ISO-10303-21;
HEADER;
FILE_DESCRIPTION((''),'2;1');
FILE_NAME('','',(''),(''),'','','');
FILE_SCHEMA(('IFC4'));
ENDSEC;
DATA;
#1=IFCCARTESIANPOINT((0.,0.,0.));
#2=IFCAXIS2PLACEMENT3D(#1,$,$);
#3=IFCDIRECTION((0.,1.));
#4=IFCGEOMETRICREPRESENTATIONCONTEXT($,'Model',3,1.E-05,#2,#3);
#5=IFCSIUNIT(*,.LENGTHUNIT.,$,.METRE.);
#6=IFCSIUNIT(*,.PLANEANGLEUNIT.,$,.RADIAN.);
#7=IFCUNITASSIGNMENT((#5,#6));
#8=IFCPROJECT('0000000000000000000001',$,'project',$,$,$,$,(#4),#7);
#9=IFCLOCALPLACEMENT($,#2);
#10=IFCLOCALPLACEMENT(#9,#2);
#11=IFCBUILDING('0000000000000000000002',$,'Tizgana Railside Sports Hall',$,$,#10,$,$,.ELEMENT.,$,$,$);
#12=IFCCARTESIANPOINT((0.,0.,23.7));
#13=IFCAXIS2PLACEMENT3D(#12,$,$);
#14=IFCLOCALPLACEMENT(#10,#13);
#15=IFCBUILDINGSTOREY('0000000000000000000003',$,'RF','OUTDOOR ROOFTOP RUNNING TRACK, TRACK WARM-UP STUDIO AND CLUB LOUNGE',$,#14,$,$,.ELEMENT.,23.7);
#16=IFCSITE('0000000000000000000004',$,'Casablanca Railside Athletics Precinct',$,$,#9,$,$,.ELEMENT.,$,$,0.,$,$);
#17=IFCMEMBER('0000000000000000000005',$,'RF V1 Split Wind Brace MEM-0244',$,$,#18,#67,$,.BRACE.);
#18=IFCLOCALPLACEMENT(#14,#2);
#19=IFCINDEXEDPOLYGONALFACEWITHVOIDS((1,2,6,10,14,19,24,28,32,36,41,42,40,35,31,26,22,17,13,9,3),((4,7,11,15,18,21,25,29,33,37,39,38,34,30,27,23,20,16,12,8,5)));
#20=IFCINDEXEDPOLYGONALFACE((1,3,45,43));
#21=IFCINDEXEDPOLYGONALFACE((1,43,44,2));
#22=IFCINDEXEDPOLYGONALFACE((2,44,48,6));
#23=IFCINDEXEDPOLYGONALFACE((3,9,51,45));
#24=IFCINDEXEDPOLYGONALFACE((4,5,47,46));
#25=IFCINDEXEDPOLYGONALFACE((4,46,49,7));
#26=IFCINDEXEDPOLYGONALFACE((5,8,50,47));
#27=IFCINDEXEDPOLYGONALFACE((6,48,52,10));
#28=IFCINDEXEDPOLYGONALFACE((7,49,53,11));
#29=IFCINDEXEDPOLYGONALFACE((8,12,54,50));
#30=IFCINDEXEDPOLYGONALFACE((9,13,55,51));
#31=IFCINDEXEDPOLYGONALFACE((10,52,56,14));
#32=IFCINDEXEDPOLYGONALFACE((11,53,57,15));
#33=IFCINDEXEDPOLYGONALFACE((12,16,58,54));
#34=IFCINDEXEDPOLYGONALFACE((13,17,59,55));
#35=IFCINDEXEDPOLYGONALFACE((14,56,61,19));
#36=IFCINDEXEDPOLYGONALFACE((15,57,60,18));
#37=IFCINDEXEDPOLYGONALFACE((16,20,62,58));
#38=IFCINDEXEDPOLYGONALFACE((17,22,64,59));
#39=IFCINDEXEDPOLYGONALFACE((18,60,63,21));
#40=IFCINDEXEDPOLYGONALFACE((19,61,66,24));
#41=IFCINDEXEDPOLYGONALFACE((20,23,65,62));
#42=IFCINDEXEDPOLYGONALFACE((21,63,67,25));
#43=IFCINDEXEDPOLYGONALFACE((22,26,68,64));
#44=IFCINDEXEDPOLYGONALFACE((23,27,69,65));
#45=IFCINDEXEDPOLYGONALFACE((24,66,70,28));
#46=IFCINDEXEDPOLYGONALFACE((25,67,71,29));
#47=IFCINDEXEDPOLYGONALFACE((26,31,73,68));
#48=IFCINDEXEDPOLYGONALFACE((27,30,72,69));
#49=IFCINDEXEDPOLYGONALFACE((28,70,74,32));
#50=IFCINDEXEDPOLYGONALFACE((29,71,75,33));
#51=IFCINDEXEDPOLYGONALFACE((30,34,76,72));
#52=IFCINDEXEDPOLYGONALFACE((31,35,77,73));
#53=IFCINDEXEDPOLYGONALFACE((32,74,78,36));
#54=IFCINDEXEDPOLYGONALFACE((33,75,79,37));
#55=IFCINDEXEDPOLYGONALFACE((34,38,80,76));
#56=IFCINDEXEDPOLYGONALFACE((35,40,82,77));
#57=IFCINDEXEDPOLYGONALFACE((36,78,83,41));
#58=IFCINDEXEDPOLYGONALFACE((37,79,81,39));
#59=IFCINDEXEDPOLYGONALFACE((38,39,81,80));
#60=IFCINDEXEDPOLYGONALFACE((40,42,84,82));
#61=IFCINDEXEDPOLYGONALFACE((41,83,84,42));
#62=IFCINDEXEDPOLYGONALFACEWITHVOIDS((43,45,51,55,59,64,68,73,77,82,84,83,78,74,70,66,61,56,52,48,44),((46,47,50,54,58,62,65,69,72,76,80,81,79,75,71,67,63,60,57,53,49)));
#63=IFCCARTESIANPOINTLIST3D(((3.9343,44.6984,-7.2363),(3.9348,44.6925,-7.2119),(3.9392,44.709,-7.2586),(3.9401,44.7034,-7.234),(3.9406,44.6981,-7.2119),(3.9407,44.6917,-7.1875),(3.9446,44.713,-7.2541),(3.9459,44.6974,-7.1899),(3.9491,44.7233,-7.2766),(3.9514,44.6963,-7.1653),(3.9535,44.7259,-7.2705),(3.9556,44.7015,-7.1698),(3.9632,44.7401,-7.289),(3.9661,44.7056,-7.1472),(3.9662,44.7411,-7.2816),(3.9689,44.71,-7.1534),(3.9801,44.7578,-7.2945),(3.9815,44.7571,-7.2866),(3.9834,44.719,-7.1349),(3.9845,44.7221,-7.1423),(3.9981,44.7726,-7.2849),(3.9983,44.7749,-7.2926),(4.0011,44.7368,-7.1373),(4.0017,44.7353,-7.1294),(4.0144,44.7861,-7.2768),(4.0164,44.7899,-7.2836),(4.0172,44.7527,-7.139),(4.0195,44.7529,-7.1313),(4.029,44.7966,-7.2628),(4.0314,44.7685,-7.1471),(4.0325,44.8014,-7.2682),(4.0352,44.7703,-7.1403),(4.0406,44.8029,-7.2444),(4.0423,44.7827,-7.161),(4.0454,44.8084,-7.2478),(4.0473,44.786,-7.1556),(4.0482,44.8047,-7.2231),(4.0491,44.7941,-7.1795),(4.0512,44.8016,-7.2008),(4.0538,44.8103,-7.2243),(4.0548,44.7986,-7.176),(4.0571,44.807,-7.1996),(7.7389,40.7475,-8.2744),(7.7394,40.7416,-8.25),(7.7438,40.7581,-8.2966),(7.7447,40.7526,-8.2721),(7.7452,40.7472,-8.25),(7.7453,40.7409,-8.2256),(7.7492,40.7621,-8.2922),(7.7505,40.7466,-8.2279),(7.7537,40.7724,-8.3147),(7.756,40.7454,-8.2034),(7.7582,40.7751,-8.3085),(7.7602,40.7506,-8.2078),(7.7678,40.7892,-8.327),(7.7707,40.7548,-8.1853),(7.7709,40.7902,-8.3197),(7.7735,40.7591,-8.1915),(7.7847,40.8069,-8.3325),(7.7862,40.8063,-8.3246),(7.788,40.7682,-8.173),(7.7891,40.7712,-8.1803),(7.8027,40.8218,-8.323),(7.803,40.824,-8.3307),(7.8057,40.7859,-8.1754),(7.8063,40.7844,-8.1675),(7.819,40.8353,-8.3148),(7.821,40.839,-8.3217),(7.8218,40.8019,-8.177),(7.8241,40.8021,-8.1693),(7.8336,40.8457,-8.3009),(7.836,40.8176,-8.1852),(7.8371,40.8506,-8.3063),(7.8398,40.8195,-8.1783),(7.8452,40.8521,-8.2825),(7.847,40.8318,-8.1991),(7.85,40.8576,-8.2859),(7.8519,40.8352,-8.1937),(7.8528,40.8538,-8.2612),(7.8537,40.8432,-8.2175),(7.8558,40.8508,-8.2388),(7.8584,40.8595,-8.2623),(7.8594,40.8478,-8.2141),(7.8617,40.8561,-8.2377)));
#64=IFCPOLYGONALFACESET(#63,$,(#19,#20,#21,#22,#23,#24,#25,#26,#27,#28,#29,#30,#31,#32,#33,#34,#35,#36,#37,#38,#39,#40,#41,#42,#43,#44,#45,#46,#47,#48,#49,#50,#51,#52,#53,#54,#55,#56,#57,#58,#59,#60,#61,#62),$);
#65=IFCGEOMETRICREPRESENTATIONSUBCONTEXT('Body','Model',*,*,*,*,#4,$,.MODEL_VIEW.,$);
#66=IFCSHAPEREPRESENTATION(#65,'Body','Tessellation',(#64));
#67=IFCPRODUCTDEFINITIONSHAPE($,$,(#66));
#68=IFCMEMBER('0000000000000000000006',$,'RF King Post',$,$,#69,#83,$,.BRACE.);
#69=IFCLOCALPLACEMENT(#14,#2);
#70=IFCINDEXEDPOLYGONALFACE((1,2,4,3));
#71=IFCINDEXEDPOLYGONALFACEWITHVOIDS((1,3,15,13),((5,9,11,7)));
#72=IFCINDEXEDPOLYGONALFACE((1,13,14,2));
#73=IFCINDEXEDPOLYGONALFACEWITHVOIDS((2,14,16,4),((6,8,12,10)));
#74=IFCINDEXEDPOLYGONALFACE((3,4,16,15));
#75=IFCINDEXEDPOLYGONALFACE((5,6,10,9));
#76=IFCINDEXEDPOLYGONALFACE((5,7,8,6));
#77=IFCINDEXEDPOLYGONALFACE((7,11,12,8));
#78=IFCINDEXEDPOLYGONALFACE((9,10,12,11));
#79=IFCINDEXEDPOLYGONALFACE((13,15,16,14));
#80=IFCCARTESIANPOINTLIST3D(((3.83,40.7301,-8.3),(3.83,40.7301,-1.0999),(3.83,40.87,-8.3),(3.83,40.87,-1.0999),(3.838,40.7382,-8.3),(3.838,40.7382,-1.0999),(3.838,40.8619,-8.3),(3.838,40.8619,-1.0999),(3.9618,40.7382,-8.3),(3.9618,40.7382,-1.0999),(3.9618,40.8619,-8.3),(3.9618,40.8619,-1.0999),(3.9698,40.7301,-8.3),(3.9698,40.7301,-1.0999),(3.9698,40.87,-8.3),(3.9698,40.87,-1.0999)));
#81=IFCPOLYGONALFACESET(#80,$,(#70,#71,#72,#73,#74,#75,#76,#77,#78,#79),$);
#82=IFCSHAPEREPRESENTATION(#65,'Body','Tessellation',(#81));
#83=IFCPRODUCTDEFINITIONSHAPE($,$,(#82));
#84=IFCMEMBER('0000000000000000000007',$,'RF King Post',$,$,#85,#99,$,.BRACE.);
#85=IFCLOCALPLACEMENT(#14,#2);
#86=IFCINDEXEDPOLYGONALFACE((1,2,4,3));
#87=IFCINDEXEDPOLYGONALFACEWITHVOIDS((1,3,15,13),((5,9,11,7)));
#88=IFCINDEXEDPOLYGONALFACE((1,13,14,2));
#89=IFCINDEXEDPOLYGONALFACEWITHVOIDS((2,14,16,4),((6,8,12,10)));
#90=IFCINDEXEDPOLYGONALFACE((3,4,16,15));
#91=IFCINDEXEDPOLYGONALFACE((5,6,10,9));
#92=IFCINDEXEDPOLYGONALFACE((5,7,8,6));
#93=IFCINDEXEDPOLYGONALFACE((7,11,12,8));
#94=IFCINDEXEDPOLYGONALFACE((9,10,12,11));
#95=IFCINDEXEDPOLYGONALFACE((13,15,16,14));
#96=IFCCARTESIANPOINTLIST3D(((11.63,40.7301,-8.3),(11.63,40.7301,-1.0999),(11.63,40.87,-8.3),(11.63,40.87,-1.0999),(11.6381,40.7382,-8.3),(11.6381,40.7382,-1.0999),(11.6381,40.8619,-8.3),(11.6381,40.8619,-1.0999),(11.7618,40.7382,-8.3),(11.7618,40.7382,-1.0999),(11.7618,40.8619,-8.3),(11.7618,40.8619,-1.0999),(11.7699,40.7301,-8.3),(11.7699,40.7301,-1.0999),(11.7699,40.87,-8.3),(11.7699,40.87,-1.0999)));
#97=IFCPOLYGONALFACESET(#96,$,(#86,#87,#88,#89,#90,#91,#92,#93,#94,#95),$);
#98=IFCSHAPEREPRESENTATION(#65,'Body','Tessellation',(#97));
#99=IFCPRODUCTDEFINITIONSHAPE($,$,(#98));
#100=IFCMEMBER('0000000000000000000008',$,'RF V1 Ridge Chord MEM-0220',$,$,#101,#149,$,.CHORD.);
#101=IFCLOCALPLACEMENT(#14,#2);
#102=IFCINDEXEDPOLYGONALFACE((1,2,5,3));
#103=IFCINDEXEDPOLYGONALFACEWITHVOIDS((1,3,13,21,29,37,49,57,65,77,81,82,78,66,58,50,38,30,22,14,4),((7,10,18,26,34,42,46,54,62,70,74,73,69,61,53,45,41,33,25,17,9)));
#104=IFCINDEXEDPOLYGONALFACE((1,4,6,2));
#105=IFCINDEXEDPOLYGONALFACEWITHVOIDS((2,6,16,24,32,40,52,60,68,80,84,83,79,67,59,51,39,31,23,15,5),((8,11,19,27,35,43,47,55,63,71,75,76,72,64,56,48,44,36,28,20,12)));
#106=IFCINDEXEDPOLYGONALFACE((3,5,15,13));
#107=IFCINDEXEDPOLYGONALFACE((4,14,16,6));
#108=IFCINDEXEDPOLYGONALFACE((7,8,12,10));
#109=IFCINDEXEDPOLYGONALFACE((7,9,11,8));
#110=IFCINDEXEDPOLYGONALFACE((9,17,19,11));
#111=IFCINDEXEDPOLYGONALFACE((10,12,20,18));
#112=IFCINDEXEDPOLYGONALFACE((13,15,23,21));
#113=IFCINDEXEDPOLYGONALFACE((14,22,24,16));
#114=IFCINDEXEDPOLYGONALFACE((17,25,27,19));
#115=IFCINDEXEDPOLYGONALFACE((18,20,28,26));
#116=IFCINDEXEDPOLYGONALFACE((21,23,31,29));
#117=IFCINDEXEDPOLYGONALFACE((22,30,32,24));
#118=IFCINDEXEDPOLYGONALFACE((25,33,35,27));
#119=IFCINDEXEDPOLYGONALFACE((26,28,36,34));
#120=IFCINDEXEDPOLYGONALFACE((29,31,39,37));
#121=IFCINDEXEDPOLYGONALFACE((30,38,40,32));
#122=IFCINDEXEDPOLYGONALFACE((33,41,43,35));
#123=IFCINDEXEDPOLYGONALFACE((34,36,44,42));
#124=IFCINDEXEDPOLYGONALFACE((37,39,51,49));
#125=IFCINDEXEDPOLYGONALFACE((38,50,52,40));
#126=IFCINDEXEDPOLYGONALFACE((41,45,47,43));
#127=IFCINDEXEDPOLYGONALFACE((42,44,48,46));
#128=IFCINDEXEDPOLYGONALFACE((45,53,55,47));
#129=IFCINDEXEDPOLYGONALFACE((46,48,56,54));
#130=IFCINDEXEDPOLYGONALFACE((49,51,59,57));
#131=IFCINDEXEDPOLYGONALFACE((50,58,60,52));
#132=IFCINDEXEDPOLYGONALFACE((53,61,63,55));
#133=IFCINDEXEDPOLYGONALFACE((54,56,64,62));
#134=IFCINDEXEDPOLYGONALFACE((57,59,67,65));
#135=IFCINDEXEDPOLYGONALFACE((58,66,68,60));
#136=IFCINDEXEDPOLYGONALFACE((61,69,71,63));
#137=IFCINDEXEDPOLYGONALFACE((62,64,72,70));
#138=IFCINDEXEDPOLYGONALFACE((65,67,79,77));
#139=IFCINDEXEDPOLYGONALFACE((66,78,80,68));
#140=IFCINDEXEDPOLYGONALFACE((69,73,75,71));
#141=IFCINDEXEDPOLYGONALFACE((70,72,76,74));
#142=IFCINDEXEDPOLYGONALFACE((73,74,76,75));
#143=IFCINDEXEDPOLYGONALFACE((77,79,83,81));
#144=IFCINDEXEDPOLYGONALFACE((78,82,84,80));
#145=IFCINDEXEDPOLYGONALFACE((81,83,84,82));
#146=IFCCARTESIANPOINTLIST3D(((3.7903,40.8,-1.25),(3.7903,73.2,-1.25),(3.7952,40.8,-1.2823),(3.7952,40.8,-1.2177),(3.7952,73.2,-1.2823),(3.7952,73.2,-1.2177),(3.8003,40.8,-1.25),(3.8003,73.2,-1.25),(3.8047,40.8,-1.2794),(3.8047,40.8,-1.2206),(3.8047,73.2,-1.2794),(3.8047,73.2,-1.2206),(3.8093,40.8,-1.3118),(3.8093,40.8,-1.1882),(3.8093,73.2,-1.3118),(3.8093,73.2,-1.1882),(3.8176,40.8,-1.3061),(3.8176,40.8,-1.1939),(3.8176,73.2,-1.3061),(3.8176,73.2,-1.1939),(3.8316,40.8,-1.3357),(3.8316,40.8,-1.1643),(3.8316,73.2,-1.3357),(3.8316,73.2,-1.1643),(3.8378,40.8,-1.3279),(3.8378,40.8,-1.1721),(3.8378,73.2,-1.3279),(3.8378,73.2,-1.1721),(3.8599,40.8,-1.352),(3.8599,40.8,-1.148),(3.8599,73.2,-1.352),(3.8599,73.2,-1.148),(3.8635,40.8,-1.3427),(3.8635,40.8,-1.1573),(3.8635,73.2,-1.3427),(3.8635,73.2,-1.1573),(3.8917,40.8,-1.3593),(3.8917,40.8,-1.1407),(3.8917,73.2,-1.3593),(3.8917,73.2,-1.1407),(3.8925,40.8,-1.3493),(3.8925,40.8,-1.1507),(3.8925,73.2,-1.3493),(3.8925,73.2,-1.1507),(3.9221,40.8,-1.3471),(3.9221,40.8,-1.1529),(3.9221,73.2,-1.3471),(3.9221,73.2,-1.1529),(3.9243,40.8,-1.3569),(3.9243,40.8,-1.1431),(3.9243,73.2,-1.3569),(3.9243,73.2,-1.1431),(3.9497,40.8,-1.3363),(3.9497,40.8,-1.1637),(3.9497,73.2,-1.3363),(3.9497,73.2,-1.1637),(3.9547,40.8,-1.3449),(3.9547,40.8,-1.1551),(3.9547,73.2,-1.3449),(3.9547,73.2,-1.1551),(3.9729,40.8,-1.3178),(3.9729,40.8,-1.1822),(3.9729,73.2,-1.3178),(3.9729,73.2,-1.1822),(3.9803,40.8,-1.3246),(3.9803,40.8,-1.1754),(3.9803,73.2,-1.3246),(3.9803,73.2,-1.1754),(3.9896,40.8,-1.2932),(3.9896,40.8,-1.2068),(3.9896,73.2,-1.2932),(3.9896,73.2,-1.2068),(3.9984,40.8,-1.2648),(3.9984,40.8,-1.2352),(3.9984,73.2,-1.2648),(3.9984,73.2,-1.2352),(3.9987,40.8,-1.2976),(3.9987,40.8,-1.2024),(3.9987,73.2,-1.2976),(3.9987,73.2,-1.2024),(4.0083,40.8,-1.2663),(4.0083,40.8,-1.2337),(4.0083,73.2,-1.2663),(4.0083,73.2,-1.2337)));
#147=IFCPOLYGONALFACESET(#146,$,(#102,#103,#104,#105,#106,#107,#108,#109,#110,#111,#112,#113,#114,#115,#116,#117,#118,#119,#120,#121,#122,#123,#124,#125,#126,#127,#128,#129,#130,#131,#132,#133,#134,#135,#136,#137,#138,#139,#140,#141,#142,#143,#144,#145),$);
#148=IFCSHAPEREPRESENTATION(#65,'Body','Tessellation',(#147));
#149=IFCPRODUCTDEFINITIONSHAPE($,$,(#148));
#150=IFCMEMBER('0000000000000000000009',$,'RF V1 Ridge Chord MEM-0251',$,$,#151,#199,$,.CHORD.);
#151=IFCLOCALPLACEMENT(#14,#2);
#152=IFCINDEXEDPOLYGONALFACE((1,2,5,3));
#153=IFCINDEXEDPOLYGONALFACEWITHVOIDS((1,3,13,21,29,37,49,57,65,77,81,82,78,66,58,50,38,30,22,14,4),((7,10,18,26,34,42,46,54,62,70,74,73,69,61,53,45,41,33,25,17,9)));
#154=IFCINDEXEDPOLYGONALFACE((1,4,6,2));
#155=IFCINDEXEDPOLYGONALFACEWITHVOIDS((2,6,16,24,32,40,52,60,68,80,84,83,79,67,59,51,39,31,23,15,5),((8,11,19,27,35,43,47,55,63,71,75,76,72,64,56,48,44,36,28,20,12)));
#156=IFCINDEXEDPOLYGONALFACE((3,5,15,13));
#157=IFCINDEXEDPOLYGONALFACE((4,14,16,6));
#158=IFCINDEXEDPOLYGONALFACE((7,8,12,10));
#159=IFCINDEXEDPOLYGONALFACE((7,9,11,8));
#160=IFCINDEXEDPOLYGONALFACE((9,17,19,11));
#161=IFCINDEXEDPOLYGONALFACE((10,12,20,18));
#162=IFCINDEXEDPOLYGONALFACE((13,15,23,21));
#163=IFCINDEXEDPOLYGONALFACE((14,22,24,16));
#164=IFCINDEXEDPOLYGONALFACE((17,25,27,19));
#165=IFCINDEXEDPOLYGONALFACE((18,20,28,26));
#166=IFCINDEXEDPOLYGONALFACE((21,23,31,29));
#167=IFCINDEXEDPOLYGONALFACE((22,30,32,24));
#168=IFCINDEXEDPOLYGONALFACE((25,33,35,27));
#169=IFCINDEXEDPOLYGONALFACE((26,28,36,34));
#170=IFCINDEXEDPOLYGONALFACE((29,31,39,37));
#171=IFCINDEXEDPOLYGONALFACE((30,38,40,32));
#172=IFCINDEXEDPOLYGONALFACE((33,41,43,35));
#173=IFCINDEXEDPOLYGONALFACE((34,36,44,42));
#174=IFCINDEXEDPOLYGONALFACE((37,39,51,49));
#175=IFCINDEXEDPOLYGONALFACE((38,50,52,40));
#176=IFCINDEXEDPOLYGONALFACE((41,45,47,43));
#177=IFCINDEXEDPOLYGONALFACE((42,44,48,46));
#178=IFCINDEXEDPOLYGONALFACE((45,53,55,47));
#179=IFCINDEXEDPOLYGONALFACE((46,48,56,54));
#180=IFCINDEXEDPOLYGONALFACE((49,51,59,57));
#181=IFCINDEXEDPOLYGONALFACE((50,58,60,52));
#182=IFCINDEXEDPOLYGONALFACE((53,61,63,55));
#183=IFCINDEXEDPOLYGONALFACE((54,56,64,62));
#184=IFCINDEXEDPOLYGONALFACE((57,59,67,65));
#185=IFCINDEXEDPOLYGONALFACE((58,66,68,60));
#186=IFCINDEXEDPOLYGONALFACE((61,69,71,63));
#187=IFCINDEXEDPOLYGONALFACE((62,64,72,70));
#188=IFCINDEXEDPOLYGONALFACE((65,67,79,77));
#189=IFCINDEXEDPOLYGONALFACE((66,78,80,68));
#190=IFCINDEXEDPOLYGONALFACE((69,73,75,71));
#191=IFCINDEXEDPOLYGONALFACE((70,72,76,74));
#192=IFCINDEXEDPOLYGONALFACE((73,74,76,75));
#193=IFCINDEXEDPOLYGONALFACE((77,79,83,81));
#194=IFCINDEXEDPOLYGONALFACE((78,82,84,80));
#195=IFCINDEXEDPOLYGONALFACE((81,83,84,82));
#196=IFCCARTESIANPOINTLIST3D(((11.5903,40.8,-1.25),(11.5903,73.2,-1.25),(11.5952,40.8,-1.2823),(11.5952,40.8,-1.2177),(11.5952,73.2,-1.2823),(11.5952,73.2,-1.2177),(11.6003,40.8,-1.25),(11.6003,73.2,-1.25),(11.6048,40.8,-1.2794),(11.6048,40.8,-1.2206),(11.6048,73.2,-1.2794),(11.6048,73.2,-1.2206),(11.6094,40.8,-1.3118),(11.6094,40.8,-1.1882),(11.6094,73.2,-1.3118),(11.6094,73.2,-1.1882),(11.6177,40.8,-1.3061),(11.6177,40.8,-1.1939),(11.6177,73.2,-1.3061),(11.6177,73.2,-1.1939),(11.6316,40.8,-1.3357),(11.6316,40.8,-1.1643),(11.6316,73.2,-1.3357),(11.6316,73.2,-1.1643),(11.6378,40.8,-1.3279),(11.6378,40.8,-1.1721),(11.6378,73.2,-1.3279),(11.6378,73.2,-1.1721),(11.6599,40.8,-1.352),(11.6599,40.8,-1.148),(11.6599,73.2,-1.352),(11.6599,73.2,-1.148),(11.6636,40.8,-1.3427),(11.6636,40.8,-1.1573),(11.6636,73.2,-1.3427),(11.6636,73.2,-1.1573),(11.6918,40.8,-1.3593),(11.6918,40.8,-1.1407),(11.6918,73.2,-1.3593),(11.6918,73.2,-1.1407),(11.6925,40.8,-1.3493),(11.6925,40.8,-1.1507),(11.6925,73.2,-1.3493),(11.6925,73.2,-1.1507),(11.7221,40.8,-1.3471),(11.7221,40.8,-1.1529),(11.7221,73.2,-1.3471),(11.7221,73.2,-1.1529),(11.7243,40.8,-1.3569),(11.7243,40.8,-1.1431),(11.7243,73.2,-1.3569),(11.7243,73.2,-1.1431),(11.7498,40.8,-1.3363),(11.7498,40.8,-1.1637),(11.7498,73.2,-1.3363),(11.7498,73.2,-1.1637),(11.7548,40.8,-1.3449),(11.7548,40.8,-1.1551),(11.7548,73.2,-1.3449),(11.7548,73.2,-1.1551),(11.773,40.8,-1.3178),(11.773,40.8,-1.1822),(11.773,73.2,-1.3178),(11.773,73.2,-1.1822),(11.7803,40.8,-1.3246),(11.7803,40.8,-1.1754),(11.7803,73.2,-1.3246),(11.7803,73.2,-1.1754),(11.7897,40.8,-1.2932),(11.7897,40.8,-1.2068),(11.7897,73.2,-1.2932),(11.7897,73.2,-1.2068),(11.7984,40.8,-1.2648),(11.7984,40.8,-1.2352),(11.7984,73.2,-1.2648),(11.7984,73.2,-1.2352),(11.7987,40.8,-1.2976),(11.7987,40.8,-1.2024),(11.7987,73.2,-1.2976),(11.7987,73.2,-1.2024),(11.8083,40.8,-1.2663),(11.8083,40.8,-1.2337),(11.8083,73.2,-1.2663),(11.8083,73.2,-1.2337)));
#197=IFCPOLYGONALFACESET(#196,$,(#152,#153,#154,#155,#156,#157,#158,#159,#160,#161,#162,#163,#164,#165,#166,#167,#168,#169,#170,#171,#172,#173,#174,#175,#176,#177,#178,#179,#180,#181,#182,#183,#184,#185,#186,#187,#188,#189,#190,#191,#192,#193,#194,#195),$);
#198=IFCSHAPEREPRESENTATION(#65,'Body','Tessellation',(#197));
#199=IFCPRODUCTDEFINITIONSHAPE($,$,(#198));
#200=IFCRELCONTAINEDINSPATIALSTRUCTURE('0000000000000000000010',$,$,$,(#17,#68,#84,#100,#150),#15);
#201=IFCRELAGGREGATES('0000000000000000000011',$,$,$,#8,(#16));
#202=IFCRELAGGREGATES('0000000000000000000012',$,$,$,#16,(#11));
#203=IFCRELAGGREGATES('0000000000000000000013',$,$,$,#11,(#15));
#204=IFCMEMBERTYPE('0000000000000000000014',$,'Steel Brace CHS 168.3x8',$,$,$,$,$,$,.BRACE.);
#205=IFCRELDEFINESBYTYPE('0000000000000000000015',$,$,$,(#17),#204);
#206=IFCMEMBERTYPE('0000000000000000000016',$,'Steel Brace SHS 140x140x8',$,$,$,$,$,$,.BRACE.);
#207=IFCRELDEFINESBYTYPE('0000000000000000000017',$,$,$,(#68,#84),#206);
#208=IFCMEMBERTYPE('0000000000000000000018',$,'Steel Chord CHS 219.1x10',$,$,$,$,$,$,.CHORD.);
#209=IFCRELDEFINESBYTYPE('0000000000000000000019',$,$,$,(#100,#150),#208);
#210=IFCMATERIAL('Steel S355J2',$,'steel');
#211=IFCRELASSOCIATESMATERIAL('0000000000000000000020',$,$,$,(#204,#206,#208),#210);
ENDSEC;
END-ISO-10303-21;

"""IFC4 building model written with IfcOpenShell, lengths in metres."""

from ifc_helpers import new_model, si_unit, direction, frame, origin, origin_2d, place, context, subcontext, project, spatial, hollow_rectangle, hollow_circle, extrude, material, material_profile, profile_set, type_object, element, save


model = new_model("IFC4")

# Units and contexts
model_context = context("Model", 3, precision=1e-05, world=origin(), true_north=direction((0.0, 1.0)))
body_context = subcontext(model_context, "Body", "Model", "MODEL_VIEW")
ifc_project = project(units=[si_unit("LENGTHUNIT", "METRE"), si_unit("PLANEANGLEUNIT", "RADIAN")], contexts=[model_context])

# Site, building, storey
site_placement = place(None, origin())
site = spatial("IfcSite", under=ifc_project, at=site_placement, Name="Casablanca Railside Athletics Precinct", CompositionType="ELEMENT", RefElevation=0.0)
building_placement = place(site_placement, origin())
building = spatial("IfcBuilding", under=site, at=building_placement, Name="Tizgana Railside Sports Hall", CompositionType="ELEMENT")
storey_placement = place(building_placement, frame((0.0, 0.0, 23.7)))
storey = spatial("IfcBuildingStorey", under=building, at=storey_placement, Name="RF", Description="OUTDOOR ROOFTOP RUNNING TRACK, TRACK WARM-UP STUDIO AND CLUB LOUNGE", CompositionType="ELEMENT", Elevation=23.7)

# Shared definitions
ifc_material_1 = material(Name="Steel S355J2", Category="steel")

# Members
ifc_material_profile_1 = material_profile(ifc_material_1, hollow_circle(Radius=0.0842, WallThickness=0.0081, at=origin_2d()), Name="CHS 168.3x8")
ifc_profile_set_1 = profile_set([ifc_material_profile_1], Name="Steel S355J2")
member_type_1 = type_object("IfcMemberType", Name="Steel Brace CHS 168.3x8", PredefinedType="BRACE", material=ifc_profile_set_1)
member_1_placement = place(storey_placement, frame((7.8, 40.8, -8.25), z_axis=(-0.681551, 0.707748, 0.185957), x_axis=(-0.720312, -0.69365, 0.0)))
element("IfcMember", 1, at=member_1_placement, inside=storey, type_object=member_type_1, Name="RF V1 Split Wind Brace MEM-0244", PredefinedType="BRACE", context=body_context, shape_type="SweptSolid", body=[
    extrude(hollow_circle(Radius=0.0842, WallThickness=0.0081, at=origin_2d()), origin(), (0.0, 0.0, 1.0), 5.5823),
])
ifc_material_profile_2 = material_profile(ifc_material_1, hollow_rectangle(XDim=0.1399, YDim=0.1399, WallThickness=0.0081, at=origin_2d()), Name="SHS 140x140x8")
ifc_profile_set_2 = profile_set([ifc_material_profile_2], Name="Steel S355J2")
member_type_2 = type_object("IfcMemberType", Name="Steel Brace SHS 140x140x8", PredefinedType="BRACE", material=ifc_profile_set_2)
for number, where, z_axis, x_axis, name in (
    (2, (3.8999, 40.8, -8.3), (0.0, 0.0, 1.0), (1.0, 0.0, 0.0), "RF King Post"),
    (3, (11.7, 40.8, -8.3), (0.0, 0.0, 1.0), (1.0, 0.0, 0.0), "RF King Post"),
):
    element("IfcMember", number, at=place(storey_placement, frame(where, z_axis=z_axis, x_axis=x_axis)), inside=storey, type_object=member_type_2, Name=name, PredefinedType="BRACE", context=body_context, shape_type="SweptSolid", body=[
        extrude(hollow_rectangle(XDim=0.1399, YDim=0.1399, WallThickness=0.0081, at=origin_2d()), origin(), (0.0, 0.0, 1.0), 7.2002),
    ])
ifc_material_profile_3 = material_profile(ifc_material_1, hollow_circle(Radius=0.1096, WallThickness=0.01, at=origin_2d()), Name="CHS 219.1x10")
ifc_profile_set_3 = profile_set([ifc_material_profile_3], Name="Steel S355J2")
member_type_3 = type_object("IfcMemberType", Name="Steel Chord CHS 219.1x10", PredefinedType="CHORD", material=ifc_profile_set_3)
for number, where, z_axis, x_axis, name in (
    (4, (3.8999, 40.8, -1.25), (0.0, 1.0, 0.0), (-1.0, 0.0, 0.0), "RF V1 Ridge Chord MEM-0220"),
    (5, (11.7, 40.8, -1.25), (0.0, 1.0, 0.0), (-1.0, 0.0, 0.0), "RF V1 Ridge Chord MEM-0251"),
):
    element("IfcMember", number, at=place(storey_placement, frame(where, z_axis=z_axis, x_axis=x_axis)), inside=storey, type_object=member_type_3, Name=name, PredefinedType="CHORD", context=body_context, shape_type="SweptSolid", body=[
        extrude(hollow_circle(Radius=0.1096, WallThickness=0.01, at=origin_2d()), origin(), (0.0, 0.0, 1.0), 32.3999),
    ])

save(model, "model.ifc")
